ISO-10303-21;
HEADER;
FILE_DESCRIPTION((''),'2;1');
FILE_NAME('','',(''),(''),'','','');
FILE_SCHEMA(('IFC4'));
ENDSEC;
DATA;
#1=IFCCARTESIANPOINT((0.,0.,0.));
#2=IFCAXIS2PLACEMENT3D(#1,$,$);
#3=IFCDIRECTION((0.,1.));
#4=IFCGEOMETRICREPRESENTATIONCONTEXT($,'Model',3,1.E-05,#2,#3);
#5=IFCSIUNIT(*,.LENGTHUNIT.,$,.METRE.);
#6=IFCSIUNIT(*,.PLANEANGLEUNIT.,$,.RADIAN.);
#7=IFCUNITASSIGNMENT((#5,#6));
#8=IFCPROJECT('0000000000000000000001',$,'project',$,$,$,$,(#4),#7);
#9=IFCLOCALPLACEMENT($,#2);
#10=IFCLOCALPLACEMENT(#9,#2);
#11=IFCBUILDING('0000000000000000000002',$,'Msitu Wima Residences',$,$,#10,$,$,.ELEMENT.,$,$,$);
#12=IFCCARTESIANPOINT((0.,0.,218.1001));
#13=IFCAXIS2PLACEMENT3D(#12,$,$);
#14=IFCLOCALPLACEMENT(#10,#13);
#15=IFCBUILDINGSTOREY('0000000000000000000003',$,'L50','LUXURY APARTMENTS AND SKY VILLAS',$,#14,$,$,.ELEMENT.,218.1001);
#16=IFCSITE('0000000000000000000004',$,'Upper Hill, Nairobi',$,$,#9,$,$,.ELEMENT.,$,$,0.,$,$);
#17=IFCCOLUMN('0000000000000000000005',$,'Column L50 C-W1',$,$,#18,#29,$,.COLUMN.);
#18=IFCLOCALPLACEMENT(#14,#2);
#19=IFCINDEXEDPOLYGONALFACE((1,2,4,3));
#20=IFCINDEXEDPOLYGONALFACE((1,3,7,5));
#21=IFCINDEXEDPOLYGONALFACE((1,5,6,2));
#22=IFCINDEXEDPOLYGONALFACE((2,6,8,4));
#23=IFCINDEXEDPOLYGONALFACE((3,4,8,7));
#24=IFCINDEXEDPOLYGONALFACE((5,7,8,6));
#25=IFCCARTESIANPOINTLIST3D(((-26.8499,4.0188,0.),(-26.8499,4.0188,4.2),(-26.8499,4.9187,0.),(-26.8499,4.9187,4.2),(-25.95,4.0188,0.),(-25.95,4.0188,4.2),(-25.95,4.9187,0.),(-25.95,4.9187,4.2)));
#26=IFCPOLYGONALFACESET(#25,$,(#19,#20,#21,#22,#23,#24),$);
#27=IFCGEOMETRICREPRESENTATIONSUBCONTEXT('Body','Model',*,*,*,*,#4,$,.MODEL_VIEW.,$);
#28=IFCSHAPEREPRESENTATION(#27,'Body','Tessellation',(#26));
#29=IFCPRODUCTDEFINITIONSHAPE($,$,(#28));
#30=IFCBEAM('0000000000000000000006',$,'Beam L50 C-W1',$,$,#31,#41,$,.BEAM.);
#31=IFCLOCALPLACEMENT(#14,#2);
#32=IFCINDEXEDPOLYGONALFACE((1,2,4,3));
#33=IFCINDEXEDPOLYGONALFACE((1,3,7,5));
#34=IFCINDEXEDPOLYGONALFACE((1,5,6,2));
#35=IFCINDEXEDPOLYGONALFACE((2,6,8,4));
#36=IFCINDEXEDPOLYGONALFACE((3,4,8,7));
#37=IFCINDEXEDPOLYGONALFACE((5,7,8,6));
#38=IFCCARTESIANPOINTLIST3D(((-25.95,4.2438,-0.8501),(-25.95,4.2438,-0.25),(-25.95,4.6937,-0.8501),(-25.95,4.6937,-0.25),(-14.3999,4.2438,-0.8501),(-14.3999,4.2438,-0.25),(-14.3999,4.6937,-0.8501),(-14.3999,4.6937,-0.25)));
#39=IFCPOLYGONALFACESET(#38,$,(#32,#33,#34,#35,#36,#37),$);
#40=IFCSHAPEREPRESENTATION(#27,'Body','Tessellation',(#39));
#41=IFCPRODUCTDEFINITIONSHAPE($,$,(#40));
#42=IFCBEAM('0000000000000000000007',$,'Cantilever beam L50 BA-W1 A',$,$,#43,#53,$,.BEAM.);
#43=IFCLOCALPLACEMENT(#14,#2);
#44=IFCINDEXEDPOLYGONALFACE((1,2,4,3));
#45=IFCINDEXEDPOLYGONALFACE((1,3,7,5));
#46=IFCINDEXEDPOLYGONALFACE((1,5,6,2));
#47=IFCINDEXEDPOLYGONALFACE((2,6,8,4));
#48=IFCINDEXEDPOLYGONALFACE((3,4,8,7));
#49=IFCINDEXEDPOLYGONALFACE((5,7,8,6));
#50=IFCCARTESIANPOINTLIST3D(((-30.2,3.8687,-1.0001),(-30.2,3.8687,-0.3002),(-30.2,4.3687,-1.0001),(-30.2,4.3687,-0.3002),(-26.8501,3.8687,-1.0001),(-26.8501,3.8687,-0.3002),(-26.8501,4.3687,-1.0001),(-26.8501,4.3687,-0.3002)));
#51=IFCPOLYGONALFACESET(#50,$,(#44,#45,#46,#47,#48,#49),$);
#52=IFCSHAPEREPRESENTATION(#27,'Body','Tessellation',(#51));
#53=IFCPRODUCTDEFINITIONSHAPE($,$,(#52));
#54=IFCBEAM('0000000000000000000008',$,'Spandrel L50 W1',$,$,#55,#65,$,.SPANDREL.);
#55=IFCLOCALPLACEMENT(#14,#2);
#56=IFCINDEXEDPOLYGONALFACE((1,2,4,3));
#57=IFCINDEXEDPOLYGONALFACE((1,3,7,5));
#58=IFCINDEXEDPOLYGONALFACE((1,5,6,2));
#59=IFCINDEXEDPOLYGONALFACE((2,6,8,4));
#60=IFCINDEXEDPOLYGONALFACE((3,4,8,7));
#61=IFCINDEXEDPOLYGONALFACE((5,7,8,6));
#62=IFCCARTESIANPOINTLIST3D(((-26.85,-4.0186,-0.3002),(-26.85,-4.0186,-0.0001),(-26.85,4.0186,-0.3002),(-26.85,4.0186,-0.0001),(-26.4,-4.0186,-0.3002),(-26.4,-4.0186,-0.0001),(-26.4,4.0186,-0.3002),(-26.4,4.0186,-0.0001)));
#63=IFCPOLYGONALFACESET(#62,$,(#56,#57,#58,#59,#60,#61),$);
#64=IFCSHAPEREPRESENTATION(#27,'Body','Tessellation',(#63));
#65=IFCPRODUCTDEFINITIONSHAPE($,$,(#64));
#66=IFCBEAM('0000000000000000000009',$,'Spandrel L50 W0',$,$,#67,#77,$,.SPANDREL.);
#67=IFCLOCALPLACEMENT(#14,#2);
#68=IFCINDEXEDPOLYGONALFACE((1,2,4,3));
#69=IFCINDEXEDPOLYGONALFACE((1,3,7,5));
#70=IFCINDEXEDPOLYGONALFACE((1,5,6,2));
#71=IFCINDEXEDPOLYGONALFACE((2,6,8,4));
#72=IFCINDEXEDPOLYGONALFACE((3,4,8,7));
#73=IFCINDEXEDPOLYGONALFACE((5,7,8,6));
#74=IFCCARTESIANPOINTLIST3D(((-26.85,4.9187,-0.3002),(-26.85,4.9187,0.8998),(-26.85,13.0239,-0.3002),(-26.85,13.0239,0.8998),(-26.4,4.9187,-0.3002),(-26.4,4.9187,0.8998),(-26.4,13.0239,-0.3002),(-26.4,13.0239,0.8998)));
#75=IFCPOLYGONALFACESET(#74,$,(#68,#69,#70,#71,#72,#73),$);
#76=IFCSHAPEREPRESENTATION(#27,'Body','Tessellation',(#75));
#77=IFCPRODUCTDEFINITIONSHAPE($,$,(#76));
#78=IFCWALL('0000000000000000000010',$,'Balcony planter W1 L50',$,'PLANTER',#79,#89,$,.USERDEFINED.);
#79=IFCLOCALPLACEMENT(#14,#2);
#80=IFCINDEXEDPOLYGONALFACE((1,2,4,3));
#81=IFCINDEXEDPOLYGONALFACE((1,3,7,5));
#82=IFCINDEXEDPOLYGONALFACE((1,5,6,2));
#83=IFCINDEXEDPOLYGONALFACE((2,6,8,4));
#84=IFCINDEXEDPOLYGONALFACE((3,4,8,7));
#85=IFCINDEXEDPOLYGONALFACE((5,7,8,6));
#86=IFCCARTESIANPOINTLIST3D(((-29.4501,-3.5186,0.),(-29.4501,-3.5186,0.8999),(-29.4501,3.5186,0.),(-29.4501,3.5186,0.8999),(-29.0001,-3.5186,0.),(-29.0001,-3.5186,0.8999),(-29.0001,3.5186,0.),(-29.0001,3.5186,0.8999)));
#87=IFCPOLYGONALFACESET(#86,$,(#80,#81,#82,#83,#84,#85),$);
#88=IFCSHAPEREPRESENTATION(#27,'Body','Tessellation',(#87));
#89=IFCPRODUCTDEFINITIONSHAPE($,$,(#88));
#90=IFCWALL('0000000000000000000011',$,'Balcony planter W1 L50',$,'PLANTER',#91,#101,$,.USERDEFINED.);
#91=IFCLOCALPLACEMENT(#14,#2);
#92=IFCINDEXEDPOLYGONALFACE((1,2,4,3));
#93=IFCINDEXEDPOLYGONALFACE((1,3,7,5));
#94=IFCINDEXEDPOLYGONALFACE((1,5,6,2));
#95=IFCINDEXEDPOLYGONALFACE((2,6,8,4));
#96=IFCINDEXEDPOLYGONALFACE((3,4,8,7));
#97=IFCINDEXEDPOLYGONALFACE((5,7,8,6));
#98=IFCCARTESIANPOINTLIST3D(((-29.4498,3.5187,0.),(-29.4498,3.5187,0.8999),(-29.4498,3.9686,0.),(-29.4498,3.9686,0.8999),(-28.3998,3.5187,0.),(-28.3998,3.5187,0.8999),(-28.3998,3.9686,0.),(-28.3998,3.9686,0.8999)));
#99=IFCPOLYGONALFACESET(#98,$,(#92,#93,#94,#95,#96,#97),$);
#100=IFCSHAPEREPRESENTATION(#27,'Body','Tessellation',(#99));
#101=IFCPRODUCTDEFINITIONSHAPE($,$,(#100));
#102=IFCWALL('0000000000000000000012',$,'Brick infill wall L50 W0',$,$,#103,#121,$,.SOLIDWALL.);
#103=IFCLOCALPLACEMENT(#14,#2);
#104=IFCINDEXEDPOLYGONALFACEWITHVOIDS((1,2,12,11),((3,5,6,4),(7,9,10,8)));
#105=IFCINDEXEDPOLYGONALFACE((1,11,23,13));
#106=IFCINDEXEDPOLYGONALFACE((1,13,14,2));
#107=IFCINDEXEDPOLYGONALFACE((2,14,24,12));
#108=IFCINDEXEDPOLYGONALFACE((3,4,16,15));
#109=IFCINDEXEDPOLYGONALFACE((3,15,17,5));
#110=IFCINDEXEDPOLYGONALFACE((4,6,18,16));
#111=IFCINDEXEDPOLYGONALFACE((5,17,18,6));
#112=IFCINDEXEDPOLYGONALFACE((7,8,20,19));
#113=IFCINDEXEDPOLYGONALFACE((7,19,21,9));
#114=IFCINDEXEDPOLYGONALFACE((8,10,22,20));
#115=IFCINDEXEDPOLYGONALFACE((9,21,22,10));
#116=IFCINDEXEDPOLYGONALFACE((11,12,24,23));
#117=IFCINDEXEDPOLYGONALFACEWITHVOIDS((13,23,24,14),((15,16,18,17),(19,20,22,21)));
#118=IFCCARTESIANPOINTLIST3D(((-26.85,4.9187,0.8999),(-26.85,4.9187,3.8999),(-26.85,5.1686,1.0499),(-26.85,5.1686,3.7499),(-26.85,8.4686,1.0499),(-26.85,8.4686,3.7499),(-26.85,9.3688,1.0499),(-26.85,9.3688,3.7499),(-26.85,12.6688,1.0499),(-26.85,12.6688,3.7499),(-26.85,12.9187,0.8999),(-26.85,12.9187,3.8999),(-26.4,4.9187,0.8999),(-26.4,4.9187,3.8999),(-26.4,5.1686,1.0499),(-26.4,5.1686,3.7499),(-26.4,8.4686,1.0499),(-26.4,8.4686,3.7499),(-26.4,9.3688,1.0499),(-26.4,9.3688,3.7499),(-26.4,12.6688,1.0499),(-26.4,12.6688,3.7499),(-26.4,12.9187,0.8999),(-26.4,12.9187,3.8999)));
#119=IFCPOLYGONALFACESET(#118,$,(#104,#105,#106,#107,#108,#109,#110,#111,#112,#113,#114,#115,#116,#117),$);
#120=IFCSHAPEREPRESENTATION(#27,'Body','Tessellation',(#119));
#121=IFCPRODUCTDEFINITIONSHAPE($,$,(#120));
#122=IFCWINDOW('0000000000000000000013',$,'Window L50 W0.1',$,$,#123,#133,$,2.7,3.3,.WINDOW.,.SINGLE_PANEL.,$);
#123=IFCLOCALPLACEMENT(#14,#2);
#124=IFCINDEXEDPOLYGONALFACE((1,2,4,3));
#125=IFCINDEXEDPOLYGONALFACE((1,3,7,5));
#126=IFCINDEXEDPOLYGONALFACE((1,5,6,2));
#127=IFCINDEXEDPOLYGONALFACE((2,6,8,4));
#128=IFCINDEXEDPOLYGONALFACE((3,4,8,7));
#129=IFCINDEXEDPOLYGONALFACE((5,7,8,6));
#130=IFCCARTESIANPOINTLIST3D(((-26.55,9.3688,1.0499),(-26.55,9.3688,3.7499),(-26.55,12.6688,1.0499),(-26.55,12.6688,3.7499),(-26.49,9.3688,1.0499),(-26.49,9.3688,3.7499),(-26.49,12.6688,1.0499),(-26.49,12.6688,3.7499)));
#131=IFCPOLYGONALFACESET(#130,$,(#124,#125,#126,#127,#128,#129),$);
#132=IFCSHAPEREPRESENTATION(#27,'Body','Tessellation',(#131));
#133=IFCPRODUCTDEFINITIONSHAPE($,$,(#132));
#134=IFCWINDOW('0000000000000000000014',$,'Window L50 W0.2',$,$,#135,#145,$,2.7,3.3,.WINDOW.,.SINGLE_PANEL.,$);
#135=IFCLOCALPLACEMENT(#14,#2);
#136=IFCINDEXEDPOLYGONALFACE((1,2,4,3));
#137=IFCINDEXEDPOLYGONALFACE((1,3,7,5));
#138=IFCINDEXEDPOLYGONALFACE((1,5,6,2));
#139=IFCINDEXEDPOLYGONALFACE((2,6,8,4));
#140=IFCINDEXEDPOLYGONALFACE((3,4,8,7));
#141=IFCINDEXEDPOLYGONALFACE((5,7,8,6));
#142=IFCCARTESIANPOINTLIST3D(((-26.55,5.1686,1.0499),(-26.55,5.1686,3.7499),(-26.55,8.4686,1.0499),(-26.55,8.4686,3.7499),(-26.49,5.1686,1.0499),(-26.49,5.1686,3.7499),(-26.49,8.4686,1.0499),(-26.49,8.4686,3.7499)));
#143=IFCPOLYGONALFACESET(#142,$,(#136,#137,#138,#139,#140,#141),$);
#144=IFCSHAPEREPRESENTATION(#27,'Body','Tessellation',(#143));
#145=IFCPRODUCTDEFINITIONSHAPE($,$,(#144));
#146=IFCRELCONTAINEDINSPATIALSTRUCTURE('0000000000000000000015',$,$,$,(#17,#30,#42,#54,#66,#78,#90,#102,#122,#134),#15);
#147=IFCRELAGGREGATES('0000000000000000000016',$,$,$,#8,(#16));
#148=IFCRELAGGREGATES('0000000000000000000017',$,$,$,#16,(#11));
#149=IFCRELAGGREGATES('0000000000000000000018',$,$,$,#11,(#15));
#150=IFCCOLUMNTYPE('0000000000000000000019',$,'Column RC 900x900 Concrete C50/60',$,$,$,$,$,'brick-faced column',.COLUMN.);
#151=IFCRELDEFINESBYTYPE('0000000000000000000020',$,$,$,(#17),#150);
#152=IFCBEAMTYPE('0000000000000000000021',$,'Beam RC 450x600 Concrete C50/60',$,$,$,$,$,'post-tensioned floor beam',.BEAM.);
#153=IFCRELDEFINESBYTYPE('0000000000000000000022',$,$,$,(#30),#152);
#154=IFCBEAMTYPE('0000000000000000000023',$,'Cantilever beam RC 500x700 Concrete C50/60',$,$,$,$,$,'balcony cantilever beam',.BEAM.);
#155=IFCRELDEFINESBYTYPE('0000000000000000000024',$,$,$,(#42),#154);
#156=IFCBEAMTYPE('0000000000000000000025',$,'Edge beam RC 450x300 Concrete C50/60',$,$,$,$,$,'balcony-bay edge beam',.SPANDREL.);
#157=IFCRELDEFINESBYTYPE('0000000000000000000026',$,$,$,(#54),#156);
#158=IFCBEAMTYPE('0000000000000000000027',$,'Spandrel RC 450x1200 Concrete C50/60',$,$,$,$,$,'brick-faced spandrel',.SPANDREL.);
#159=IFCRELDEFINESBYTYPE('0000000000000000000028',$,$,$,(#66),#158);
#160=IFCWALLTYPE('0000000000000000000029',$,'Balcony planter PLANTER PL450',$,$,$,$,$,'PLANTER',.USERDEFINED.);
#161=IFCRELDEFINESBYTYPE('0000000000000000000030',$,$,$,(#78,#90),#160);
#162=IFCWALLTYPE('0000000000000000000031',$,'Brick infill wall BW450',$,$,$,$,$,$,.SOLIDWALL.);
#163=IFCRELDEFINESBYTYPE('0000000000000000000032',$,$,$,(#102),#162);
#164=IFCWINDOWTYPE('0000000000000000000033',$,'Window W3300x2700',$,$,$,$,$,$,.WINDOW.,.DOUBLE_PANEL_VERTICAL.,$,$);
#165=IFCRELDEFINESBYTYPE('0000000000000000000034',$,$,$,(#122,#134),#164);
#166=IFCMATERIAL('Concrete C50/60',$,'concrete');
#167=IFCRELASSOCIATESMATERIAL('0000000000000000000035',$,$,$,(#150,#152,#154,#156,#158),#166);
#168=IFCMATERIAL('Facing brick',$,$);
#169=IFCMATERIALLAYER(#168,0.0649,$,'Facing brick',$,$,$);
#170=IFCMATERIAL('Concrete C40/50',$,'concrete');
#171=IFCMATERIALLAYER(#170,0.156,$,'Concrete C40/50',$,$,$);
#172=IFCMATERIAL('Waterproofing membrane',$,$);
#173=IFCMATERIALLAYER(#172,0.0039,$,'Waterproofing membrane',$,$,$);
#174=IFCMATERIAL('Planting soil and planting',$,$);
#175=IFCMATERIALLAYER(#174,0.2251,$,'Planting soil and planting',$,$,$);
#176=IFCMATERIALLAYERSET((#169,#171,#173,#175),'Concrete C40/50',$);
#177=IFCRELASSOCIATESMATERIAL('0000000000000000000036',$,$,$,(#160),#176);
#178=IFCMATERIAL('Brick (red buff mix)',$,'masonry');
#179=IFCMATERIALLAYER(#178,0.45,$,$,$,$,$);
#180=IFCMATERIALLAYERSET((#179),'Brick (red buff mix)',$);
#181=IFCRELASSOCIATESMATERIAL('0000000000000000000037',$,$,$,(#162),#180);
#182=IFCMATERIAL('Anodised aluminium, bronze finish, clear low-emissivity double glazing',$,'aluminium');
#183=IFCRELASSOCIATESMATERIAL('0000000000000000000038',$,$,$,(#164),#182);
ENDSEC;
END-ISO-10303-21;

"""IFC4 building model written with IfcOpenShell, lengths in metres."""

from ifc_helpers import new_model, si_unit, direction, frame, frame_2d, origin, origin_2d, place, context, subcontext, project, spatial, rectangle, extrude, material, layer, layer_set, material_profile, profile_set, type_object, element, fill, save


model = new_model("IFC4")

# Units and contexts
model_context = context("Model", 3, precision=1e-05, world=origin(), true_north=direction((0.0, 1.0)))
body_context = subcontext(model_context, "Body", "Model", "MODEL_VIEW")
ifc_project = project(units=[si_unit("LENGTHUNIT", "METRE"), si_unit("PLANEANGLEUNIT", "RADIAN")], contexts=[model_context])

# Site, building, storey
site_placement = place(None, origin())
site = spatial("IfcSite", under=ifc_project, at=site_placement, Name="Upper Hill, Nairobi", CompositionType="ELEMENT", RefElevation=0.0)
building_placement = place(site_placement, origin())
building = spatial("IfcBuilding", under=site, at=building_placement, Name="Msitu Wima Residences", CompositionType="ELEMENT")
storey_placement = place(building_placement, frame((0.0, 0.0, 218.1001)))
storey = spatial("IfcBuildingStorey", under=building, at=storey_placement, Name="L50", Description="LUXURY APARTMENTS AND SKY VILLAS", CompositionType="ELEMENT", Elevation=218.1001)

# Column
ifc_material_1 = material(Name="Concrete C50/60", Category="concrete")
ifc_material_profile_1 = material_profile(ifc_material_1, rectangle(XDim=0.8999, YDim=0.8999, at=origin_2d()), Name="RC 900x900")
ifc_profile_set_1 = profile_set([ifc_material_profile_1], Name="Concrete C50/60")
column_type = type_object("IfcColumnType", Name="Column RC 900x900 Concrete C50/60", ElementType="brick-faced column", PredefinedType="COLUMN", material=ifc_profile_set_1)
column_placement = place(storey_placement, frame((-26.3999, 4.4688, 0.0), z_axis=(0.0, 0.0, 1.0), x_axis=(0.0, -1.0, 0.0)))
element("IfcColumn", 1, at=column_placement, inside=storey, type_object=column_type, Name="Column L50 C-W1", PredefinedType="COLUMN", context=body_context, shape_type="SweptSolid", body=[
    extrude(rectangle(XDim=0.8999, YDim=0.8999, at=origin_2d()), origin(), (0.0, 0.0, 1.0), 4.2),
])

# Beams
ifc_material_profile_2 = material_profile(ifc_material_1, rectangle(XDim=0.45, YDim=0.6001, at=origin_2d()), Name="RC 450x600")
ifc_profile_set_2 = profile_set([ifc_material_profile_2], Name="Concrete C50/60")
beam_type_1 = type_object("IfcBeamType", Name="Beam RC 450x600 Concrete C50/60", ElementType="post-tensioned floor beam", PredefinedType="BEAM", material=ifc_profile_set_2)
beam_1_placement = place(storey_placement, frame((-25.95, 4.4688, -0.55), z_axis=(1.0, 0.0, 0.0), x_axis=(0.0, 1.0, 0.0)))
element("IfcBeam", 2, at=beam_1_placement, inside=storey, type_object=beam_type_1, Name="Beam L50 C-W1", PredefinedType="BEAM", context=body_context, shape_type="SweptSolid", body=[
    extrude(rectangle(XDim=0.45, YDim=0.6001, at=origin_2d()), origin(), (0.0, 0.0, 1.0), 11.55),
])
ifc_material_profile_3 = material_profile(ifc_material_1, rectangle(XDim=0.5, YDim=0.7, at=origin_2d()), Name="RC 500x700")
ifc_profile_set_3 = profile_set([ifc_material_profile_3], Name="Concrete C50/60")
beam_type_2 = type_object("IfcBeamType", Name="Cantilever beam RC 500x700 Concrete C50/60", ElementType="balcony cantilever beam", PredefinedType="BEAM", material=ifc_profile_set_3)
beam_2_placement = place(storey_placement, frame((-26.8501, 4.1187, -0.6501), z_axis=(-1.0, 0.0, 0.0), x_axis=(0.0, -1.0, 0.0)))
element("IfcBeam", 3, at=beam_2_placement, inside=storey, type_object=beam_type_2, Name="Cantilever beam L50 BA-W1 A", PredefinedType="BEAM", context=body_context, shape_type="SweptSolid", body=[
    extrude(rectangle(XDim=0.5, YDim=0.7, at=origin_2d()), origin(), (0.0, 0.0, 1.0), 3.3499),
])
ifc_material_profile_4 = material_profile(ifc_material_1, rectangle(XDim=0.45, YDim=0.3, at=origin_2d()), Name="RC 450x300")
ifc_profile_set_4 = profile_set([ifc_material_profile_4], Name="Concrete C50/60")
beam_type_3 = type_object("IfcBeamType", Name="Edge beam RC 450x300 Concrete C50/60", ElementType="balcony-bay edge beam", PredefinedType="SPANDREL", material=ifc_profile_set_4)
beam_3_placement = place(storey_placement, frame((-26.625, 4.0186, -0.1501), z_axis=(0.0, -1.0, 0.0), x_axis=(1.0, 0.0, 0.0)))
element("IfcBeam", 4, at=beam_3_placement, inside=storey, type_object=beam_type_3, Name="Spandrel L50 W1", PredefinedType="SPANDREL", context=body_context, shape_type="SweptSolid", body=[
    extrude(rectangle(XDim=0.45, YDim=0.3, at=origin_2d()), origin(), (0.0, 0.0, 1.0), 8.0371),
])
ifc_material_profile_5 = material_profile(ifc_material_1, rectangle(XDim=0.45, YDim=1.2, at=origin_2d()), Name="RC 450x1200")
ifc_profile_set_5 = profile_set([ifc_material_profile_5], Name="Concrete C50/60")
beam_type_4 = type_object("IfcBeamType", Name="Spandrel RC 450x1200 Concrete C50/60", ElementType="brick-faced spandrel", PredefinedType="SPANDREL", material=ifc_profile_set_5)
beam_4_placement = place(storey_placement, frame((-26.625, 13.0239, 0.2998), z_axis=(0.0, -1.0, 0.0), x_axis=(1.0, 0.0, 0.0)))
element("IfcBeam", 5, at=beam_4_placement, inside=storey, type_object=beam_type_4, Name="Spandrel L50 W0", PredefinedType="SPANDREL", context=body_context, shape_type="SweptSolid", body=[
    extrude(rectangle(XDim=0.45, YDim=1.2, at=origin_2d()), origin(), (0.0, 0.0, 1.0), 8.1052),
])

# Walls
ifc_material_2 = material(Name="Facing brick")
ifc_layer_1 = layer(ifc_material_2, 0.0649, Name="Facing brick")
ifc_material_3 = material(Name="Concrete C40/50", Category="concrete")
ifc_layer_2 = layer(ifc_material_3, 0.156, Name="Concrete C40/50")
ifc_material_4 = material(Name="Waterproofing membrane")
ifc_layer_3 = layer(ifc_material_4, 0.0039, Name="Waterproofing membrane")
ifc_material_5 = material(Name="Planting soil and planting")
ifc_layer_4 = layer(ifc_material_5, 0.2251, Name="Planting soil and planting")
ifc_layer_set_1 = layer_set([ifc_layer_1, ifc_layer_2, ifc_layer_3, ifc_layer_4], Name="Concrete C40/50")
wall_type_1 = type_object("IfcWallType", Name="Balcony planter PLANTER PL450", ElementType="PLANTER", PredefinedType="USERDEFINED", material=ifc_layer_set_1)
wall_1_placement = place(storey_placement, frame((-29.2251, 3.5186, 0.0), z_axis=(0.0, 0.0, 1.0), x_axis=(0.0, -1.0, 0.0)))
element("IfcWall", 6, at=wall_1_placement, inside=storey, type_object=wall_type_1, Name="Balcony planter W1 L50", ObjectType="PLANTER", PredefinedType="USERDEFINED", context=body_context, shape_type="SweptSolid", body=[
    extrude(rectangle(XDim=7.0371, YDim=0.45, at=frame_2d((3.5186, 0.0))), origin(), (0.0, 0.0, 1.0), 0.8999),
])
wall_2_placement = place(storey_placement, frame((-28.3999, 3.7437, 0.0), z_axis=(0.0, 0.0, 1.0), x_axis=(-1.0, 0.0, 0.0)))
element("IfcWall", 7, at=wall_2_placement, inside=storey, type_object=wall_type_1, Name="Balcony planter W1 L50", ObjectType="PLANTER", PredefinedType="USERDEFINED", context=body_context, shape_type="SweptSolid", body=[
    extrude(rectangle(XDim=1.05, YDim=0.45, at=frame_2d((0.5249, 0.0))), origin(), (0.0, 0.0, 1.0), 0.8999),
])

# Wall, openings, windows
ifc_material_6 = material(Name="Brick (red buff mix)", Category="masonry")
ifc_layer_5 = layer(ifc_material_6, 0.45)
ifc_layer_set_2 = layer_set([ifc_layer_5], Name="Brick (red buff mix)")
wall_type_2 = type_object("IfcWallType", Name="Brick infill wall BW450", PredefinedType="SOLIDWALL", material=ifc_layer_set_2)
wall_3_placement = place(storey_placement, frame((-26.625, 12.9187, 0.8999), z_axis=(0.0, 0.0, 1.0), x_axis=(0.0, -1.0, 0.0)))
wall_3 = element("IfcWall", 8, at=wall_3_placement, inside=storey, type_object=wall_type_2, Name="Brick infill wall L50 W0", PredefinedType="SOLIDWALL", context=body_context, shape_type="SweptSolid", body=[
    extrude(rectangle(XDim=8.0, YDim=0.45, at=frame_2d((4.0, 0.0))), origin(), (0.0, 0.0, 1.0), 3.0),
])
opening_1_placement = place(wall_3_placement, frame((0.25, 0.0, 0.1499)))
opening_1 = element("IfcOpeningElement", 9, at=opening_1_placement, cuts=wall_3, PredefinedType="OPENING", context=body_context, shape_type="SweptSolid", body=[
    extrude(rectangle(XDim=3.3, YDim=2.7, at=frame_2d((1.6499, 1.3501))), frame((0.0, 0.2349, 0.0), z_axis=(0.0, -1.0, 0.0), x_axis=(1.0, 0.0, 0.0)), (0.0, 0.0, 1.0), 0.47),
])
opening_2_placement = place(wall_3_placement, frame((4.4502, 0.0, 0.1499)))
opening_2 = element("IfcOpeningElement", 10, at=opening_2_placement, cuts=wall_3, PredefinedType="OPENING", context=body_context, shape_type="SweptSolid", body=[
    extrude(rectangle(XDim=3.3, YDim=2.7, at=frame_2d((1.6499, 1.3501))), frame((0.0, 0.2349, 0.0), z_axis=(0.0, -1.0, 0.0), x_axis=(1.0, 0.0, 0.0)), (0.0, 0.0, 1.0), 0.47),
])
ifc_material_7 = material(Name="Anodised aluminium, bronze finish, clear low-emissivity double glazing", Category="aluminium")
window_type = type_object("IfcWindowType", Name="Window W3300x2700", PartitioningType="DOUBLE_PANEL_VERTICAL", PredefinedType="WINDOW", material=ifc_material_7)
window_1_placement = place(opening_1_placement, origin())
window_1 = element("IfcWindow", 11, at=window_1_placement, inside=storey, type_object=window_type, Name="Window L50 W0.1", OverallHeight=2.7, OverallWidth=3.3, PartitioningType="SINGLE_PANEL", PredefinedType="WINDOW", context=body_context, shape_type="SweptSolid", body=[
    extrude(rectangle(XDim=3.3, YDim=2.7, at=frame_2d((1.6499, 1.3501))), frame((0.0, 0.135, 0.0), z_axis=(0.0, -1.0, 0.0), x_axis=(1.0, 0.0, 0.0)), (0.0, 0.0, 1.0), 0.0601),
])
fill(opening_1, window_1)
window_2_placement = place(opening_2_placement, origin())
window_2 = element("IfcWindow", 12, at=window_2_placement, inside=storey, type_object=window_type, Name="Window L50 W0.2", OverallHeight=2.7, OverallWidth=3.3, PartitioningType="SINGLE_PANEL", PredefinedType="WINDOW", context=body_context, shape_type="SweptSolid", body=[
    extrude(rectangle(XDim=3.3, YDim=2.7, at=frame_2d((1.6499, 1.3501))), frame((0.0, 0.135, 0.0), z_axis=(0.0, -1.0, 0.0), x_axis=(1.0, 0.0, 0.0)), (0.0, 0.0, 1.0), 0.0601),
])
fill(opening_2, window_2)

save(model, "model.ifc")
